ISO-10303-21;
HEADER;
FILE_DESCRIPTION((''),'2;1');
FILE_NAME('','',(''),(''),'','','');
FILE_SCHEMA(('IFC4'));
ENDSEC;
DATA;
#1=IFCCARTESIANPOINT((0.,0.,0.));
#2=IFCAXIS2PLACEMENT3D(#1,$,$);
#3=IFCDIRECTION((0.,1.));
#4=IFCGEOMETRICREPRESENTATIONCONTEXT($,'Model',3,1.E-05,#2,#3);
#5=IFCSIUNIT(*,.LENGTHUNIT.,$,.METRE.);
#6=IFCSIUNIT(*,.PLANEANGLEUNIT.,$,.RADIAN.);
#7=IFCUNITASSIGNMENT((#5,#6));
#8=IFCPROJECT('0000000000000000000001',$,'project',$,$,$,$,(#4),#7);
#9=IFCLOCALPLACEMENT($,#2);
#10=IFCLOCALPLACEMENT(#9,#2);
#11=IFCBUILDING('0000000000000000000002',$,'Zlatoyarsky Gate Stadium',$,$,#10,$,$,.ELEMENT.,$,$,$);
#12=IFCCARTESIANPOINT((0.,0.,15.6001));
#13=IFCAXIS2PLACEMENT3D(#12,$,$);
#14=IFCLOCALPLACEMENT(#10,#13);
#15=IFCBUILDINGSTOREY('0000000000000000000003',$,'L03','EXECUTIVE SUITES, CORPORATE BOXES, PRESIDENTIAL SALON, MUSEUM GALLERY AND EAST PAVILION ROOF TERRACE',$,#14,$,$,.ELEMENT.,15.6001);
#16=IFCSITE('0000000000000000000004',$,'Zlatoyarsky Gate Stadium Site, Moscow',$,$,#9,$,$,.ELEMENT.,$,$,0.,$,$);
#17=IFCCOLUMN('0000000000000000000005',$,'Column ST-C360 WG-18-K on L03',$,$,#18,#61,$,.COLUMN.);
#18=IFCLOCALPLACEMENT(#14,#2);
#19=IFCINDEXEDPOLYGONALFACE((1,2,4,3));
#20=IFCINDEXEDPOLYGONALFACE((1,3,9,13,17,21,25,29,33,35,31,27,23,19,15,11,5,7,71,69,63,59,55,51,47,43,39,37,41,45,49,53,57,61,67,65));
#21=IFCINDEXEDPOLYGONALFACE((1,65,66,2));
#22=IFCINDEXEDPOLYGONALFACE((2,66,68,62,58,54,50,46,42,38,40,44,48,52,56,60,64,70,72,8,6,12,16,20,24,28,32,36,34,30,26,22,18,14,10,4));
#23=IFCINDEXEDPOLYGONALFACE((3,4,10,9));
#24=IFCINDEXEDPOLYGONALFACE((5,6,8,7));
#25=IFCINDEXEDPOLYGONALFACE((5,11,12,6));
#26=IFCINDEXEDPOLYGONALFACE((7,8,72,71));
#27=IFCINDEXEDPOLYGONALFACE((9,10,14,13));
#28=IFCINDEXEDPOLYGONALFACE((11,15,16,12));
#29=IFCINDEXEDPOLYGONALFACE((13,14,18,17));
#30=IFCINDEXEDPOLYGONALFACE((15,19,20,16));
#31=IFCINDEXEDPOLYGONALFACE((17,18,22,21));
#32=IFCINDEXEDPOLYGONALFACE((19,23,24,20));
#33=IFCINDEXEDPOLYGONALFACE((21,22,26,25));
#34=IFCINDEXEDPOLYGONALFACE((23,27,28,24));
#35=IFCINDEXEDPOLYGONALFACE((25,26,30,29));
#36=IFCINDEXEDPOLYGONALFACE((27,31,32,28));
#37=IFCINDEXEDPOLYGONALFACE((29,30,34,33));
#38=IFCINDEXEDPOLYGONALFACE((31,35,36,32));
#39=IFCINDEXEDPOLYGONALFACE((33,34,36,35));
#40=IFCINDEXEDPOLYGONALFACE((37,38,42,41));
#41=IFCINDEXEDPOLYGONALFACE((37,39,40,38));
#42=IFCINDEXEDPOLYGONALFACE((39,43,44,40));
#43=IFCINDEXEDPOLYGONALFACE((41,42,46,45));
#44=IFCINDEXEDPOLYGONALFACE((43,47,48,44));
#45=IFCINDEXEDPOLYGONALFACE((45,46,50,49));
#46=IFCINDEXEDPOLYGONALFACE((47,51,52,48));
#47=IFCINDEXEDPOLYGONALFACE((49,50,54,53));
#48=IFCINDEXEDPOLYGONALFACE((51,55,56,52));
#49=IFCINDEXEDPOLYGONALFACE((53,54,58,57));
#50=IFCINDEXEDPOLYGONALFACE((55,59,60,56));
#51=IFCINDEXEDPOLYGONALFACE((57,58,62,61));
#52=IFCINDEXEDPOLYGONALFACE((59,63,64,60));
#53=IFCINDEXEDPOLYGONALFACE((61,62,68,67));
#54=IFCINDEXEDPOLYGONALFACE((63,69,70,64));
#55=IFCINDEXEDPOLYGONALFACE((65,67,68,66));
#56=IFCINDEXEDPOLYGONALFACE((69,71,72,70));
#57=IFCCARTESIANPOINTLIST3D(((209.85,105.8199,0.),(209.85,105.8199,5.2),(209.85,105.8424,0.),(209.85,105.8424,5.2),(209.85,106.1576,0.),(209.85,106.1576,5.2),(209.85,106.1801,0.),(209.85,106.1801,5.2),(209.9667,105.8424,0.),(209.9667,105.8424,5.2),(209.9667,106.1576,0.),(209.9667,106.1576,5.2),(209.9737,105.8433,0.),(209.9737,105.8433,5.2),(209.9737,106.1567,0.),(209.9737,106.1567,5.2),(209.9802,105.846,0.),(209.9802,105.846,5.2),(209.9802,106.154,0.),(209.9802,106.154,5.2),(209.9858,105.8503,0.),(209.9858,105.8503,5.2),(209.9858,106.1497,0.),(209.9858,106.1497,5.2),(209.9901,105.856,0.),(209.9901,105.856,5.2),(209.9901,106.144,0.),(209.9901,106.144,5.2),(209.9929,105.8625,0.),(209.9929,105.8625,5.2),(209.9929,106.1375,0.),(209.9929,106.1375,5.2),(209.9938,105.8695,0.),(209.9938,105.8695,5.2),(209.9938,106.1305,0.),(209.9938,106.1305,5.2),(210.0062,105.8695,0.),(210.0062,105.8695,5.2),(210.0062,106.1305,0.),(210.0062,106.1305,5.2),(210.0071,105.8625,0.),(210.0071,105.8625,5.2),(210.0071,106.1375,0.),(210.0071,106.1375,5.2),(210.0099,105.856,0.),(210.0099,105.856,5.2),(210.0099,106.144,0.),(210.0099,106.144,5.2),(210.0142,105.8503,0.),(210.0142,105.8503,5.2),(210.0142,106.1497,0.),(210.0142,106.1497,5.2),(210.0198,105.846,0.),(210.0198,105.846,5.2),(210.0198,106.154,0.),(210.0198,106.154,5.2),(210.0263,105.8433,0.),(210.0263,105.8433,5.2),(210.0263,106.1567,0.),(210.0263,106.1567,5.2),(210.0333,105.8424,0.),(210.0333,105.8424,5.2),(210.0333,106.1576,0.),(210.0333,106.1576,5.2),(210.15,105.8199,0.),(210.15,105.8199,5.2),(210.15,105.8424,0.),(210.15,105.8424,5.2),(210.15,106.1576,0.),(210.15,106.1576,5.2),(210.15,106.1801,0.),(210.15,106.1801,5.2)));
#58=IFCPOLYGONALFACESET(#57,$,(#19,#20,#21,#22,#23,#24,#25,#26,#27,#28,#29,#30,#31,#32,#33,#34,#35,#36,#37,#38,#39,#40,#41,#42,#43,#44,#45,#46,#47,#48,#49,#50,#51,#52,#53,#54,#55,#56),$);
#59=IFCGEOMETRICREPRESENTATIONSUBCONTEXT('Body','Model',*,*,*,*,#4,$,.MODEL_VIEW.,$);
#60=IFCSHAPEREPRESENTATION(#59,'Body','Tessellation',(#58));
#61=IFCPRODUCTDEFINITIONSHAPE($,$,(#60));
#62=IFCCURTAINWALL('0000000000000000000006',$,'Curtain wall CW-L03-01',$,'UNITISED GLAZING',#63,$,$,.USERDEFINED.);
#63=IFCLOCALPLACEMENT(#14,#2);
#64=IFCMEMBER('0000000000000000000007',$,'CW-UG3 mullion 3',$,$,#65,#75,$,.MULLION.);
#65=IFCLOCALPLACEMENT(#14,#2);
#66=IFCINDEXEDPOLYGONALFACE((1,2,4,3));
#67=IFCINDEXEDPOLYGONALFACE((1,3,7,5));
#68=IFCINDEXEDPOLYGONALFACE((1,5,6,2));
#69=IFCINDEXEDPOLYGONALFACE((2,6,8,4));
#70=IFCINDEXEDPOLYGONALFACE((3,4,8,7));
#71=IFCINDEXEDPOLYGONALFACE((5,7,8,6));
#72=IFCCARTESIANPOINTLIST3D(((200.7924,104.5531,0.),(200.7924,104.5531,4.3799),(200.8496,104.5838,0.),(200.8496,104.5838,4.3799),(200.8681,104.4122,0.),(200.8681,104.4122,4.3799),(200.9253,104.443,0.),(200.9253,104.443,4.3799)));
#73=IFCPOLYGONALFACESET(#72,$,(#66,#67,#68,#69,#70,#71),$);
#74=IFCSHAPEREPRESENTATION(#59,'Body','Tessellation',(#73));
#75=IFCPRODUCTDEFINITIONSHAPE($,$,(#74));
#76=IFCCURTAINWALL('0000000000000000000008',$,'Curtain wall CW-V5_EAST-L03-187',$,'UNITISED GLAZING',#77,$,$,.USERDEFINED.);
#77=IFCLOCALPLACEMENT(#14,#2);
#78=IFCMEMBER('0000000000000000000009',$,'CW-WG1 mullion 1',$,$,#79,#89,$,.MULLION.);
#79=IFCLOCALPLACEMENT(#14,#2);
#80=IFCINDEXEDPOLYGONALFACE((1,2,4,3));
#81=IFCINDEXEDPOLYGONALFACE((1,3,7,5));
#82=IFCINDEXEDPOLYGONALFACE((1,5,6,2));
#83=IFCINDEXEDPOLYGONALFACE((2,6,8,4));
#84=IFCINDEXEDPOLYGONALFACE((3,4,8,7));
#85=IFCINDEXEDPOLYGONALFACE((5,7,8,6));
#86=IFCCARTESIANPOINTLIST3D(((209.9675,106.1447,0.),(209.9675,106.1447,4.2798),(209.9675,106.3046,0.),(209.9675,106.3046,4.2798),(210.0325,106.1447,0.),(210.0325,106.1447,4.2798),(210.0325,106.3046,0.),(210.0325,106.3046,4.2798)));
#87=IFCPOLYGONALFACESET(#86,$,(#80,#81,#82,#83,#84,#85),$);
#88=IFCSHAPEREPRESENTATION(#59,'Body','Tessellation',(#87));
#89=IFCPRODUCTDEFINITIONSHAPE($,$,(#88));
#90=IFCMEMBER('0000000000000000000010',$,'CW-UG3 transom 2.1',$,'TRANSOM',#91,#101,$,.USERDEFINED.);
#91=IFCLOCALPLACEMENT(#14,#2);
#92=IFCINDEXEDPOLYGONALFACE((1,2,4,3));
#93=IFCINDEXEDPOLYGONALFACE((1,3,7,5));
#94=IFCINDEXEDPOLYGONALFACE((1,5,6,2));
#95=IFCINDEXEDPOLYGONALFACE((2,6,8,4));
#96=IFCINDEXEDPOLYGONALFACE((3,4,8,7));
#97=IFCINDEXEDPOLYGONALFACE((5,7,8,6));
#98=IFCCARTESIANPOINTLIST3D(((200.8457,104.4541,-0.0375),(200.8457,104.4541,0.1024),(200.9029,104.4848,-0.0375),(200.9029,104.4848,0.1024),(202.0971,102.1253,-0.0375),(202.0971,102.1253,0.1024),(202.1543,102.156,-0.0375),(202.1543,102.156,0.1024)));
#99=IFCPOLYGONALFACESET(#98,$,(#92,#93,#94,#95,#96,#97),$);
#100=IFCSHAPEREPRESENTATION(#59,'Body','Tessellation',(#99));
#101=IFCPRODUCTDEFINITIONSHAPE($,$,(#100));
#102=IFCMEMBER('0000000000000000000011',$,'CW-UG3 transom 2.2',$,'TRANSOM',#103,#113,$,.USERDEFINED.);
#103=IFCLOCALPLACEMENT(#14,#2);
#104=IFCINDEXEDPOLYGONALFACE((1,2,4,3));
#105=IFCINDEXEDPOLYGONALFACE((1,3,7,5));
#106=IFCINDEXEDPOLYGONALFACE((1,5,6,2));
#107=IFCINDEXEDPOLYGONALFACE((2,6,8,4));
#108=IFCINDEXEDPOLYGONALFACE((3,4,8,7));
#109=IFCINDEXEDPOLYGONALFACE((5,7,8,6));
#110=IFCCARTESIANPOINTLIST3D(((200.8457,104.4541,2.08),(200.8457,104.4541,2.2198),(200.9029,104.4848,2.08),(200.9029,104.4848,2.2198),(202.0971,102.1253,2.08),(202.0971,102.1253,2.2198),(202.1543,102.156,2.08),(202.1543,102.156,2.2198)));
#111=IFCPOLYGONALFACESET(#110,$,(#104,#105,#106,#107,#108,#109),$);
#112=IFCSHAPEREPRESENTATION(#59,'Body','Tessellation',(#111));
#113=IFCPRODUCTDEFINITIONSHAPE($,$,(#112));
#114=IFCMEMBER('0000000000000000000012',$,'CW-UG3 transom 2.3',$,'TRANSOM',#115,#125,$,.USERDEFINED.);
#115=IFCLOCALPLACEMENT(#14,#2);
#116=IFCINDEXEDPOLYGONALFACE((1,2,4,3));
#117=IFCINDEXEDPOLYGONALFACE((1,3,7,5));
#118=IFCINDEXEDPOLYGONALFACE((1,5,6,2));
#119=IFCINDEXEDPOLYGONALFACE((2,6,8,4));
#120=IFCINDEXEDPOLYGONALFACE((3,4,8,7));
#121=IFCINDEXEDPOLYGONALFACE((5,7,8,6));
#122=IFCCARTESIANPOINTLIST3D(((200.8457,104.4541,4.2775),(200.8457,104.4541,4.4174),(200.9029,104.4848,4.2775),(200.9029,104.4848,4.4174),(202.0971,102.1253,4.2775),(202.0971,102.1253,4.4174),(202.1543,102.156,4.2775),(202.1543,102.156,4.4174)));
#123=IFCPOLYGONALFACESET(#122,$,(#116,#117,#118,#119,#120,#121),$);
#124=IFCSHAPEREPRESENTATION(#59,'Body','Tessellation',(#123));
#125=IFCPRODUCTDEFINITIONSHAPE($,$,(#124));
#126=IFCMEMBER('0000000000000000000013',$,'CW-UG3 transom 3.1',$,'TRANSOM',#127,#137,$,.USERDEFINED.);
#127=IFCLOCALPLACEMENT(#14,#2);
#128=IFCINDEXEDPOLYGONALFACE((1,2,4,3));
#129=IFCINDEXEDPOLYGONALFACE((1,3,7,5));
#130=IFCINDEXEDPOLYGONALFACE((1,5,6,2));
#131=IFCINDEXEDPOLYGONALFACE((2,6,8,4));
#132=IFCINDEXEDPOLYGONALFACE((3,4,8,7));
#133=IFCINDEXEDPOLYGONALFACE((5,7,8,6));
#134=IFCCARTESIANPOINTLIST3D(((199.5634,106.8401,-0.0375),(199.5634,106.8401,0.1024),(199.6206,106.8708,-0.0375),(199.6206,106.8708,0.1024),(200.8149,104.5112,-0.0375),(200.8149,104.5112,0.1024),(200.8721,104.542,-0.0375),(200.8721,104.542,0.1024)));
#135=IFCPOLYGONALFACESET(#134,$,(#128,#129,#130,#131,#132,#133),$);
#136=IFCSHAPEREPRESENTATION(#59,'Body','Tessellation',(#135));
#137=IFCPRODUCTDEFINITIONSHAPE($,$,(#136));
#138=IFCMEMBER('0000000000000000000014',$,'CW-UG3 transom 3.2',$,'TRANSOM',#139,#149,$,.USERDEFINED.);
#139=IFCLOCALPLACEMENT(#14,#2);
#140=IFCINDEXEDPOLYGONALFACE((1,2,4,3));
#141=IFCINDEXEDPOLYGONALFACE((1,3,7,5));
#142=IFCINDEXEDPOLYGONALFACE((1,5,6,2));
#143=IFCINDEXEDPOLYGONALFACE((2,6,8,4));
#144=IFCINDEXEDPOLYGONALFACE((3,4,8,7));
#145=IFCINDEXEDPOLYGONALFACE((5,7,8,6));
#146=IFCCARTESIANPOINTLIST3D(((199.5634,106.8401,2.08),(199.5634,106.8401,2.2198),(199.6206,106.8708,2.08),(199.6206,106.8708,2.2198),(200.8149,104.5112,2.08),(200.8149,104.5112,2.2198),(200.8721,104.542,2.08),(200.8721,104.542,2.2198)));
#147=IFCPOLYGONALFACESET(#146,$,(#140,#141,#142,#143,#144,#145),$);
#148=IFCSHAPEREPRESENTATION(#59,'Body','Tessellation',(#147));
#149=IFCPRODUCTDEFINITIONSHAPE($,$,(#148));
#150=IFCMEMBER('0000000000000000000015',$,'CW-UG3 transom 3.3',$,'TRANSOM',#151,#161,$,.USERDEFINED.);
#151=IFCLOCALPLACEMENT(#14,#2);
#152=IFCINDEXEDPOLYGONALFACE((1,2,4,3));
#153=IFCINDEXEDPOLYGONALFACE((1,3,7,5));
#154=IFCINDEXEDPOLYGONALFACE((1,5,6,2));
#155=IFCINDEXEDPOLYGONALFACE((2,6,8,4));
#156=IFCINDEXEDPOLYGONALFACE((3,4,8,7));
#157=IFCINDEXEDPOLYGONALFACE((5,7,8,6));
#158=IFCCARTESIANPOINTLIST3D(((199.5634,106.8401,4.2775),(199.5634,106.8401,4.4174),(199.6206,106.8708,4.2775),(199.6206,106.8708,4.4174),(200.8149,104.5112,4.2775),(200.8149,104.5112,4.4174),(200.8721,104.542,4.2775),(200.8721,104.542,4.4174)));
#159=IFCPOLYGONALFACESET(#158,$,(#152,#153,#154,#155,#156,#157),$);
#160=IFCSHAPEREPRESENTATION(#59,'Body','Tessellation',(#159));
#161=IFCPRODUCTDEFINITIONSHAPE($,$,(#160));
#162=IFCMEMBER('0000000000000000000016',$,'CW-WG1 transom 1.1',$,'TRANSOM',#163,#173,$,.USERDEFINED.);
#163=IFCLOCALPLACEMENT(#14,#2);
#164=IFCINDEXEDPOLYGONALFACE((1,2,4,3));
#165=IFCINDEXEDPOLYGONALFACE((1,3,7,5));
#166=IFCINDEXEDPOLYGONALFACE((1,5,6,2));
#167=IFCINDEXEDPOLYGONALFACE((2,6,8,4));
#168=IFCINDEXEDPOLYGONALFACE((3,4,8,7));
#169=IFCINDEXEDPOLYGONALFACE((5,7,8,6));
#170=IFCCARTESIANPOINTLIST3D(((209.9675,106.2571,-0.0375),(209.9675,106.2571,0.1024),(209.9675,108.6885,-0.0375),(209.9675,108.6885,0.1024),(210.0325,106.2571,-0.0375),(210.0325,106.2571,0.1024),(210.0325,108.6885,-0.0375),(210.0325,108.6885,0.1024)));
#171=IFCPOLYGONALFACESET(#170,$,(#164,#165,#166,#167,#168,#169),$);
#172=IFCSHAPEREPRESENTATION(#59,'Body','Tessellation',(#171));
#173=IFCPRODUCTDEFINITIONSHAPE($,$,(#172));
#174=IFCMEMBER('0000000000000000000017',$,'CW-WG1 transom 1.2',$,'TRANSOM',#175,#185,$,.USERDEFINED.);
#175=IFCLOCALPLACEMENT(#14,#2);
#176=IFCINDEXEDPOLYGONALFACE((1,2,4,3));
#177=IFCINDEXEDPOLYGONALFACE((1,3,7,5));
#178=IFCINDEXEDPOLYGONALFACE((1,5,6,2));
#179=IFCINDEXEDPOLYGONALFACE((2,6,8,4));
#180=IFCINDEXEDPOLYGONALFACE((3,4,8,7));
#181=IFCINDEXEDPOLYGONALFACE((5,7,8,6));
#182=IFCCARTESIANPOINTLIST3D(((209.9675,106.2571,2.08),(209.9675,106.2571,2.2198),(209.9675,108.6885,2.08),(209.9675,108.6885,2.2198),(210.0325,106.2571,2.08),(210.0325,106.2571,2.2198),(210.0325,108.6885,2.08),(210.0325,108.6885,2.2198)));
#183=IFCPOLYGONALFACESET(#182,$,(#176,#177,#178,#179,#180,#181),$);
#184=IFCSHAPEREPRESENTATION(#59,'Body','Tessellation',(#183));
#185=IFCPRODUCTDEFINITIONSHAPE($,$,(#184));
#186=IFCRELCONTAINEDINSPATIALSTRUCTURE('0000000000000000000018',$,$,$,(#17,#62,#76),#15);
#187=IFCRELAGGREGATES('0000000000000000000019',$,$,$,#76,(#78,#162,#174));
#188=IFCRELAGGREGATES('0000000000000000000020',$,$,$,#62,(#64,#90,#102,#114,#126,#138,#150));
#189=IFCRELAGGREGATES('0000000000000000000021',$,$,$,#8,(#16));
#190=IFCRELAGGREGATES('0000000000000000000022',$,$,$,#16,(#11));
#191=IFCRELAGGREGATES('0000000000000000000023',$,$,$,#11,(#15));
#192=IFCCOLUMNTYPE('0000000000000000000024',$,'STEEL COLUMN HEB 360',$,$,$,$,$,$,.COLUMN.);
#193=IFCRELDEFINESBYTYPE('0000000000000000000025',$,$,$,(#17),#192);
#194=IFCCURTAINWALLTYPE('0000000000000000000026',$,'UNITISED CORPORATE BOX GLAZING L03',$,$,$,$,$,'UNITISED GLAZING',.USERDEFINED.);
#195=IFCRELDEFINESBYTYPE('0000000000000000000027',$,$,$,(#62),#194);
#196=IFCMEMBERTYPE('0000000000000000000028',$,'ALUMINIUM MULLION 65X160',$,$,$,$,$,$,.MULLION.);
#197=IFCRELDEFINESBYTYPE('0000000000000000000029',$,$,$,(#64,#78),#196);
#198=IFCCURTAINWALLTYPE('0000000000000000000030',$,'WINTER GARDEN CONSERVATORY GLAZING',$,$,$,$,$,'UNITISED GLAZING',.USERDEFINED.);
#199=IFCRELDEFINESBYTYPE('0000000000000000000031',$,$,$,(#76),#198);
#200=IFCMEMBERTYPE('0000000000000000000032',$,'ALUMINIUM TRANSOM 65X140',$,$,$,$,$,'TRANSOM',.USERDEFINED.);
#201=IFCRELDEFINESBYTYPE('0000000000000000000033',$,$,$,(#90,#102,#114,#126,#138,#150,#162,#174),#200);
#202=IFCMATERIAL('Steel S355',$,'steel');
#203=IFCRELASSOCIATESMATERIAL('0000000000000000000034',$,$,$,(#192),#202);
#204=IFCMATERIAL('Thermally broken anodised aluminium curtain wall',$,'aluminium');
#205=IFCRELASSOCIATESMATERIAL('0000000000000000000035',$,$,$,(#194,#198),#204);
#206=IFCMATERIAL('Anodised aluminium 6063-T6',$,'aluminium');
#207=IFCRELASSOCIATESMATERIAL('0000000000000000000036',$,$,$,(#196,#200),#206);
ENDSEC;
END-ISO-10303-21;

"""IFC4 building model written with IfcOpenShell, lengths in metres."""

from ifc_helpers import new_model, si_unit, direction, frame, origin, origin_2d, place, context, subcontext, project, spatial, rectangle, i_section, extrude, material, material_profile, profile_set, type_object, element, aggregate, save


model = new_model("IFC4")

# Units and contexts
model_context = context("Model", 3, precision=1e-05, world=origin(), true_north=direction((0.0, 1.0)))
body_context = subcontext(model_context, "Body", "Model", "MODEL_VIEW")
ifc_project = project(units=[si_unit("LENGTHUNIT", "METRE"), si_unit("PLANEANGLEUNIT", "RADIAN")], contexts=[model_context])

# Site, building, storey
site_placement = place(None, origin())
site = spatial("IfcSite", under=ifc_project, at=site_placement, Name="Zlatoyarsky Gate Stadium Site, Moscow", CompositionType="ELEMENT", RefElevation=0.0)
building_placement = place(site_placement, origin())
building = spatial("IfcBuilding", under=site, at=building_placement, Name="Zlatoyarsky Gate Stadium", CompositionType="ELEMENT")
storey_placement = place(building_placement, frame((0.0, 0.0, 15.6001)))
storey = spatial("IfcBuildingStorey", under=building, at=storey_placement, Name="L03", Description="EXECUTIVE SUITES, CORPORATE BOXES, PRESIDENTIAL SALON, MUSEUM GALLERY AND EAST PAVILION ROOF TERRACE", CompositionType="ELEMENT", Elevation=15.6001)

# Column
ifc_material_1 = material(Name="Steel S355", Category="steel")
ifc_material_profile_1 = material_profile(ifc_material_1, i_section(OverallWidth=0.3, OverallDepth=0.3601, WebThickness=0.0125, FlangeThickness=0.0225, FilletRadius=0.0271, at=origin_2d()), Name="HEB 360")
ifc_profile_set_1 = profile_set([ifc_material_profile_1], Name="Steel S355")
column_type = type_object("IfcColumnType", Name="STEEL COLUMN HEB 360", PredefinedType="COLUMN", material=ifc_profile_set_1)
column_placement = place(storey_placement, frame((210.0, 106.0, 0.0), z_axis=(0.0, 0.0, 1.0), x_axis=(1.0, 0.0, 0.0)))
element("IfcColumn", 1, at=column_placement, inside=storey, type_object=column_type, Name="Column ST-C360 WG-18-K on L03", PredefinedType="COLUMN", context=body_context, shape_type="SweptSolid", body=[
    extrude(i_section(OverallWidth=0.3, OverallDepth=0.3601, WebThickness=0.0125, FlangeThickness=0.0225, FilletRadius=0.0271, at=origin_2d()), origin(), (0.0, 0.0, 1.0), 5.2),
])

# Curtain walls, members
ifc_material_2 = material(Name="Thermally broken anodised aluminium curtain wall", Category="aluminium")
curtain_wall_type_1 = type_object("IfcCurtainWallType", Name="UNITISED CORPORATE BOX GLAZING L03", ElementType="UNITISED GLAZING", PredefinedType="USERDEFINED", material=ifc_material_2)
curtain_wall_1_placement = place(storey_placement, origin())
curtain_wall_1 = element("IfcCurtainWall", 2, at=curtain_wall_1_placement, inside=storey, type_object=curtain_wall_type_1, Name="Curtain wall CW-L03-01", ObjectType="UNITISED GLAZING", PredefinedType="USERDEFINED")
ifc_material_3 = material(Name="Anodised aluminium 6063-T6", Category="aluminium")
ifc_material_profile_2 = material_profile(ifc_material_3, rectangle(XDim=0.0649, YDim=0.1599, at=origin_2d()), Name="ALU 65X160")
ifc_profile_set_2 = profile_set([ifc_material_profile_2], Name="Anodised aluminium 6063-T6")
member_type_1 = type_object("IfcMemberType", Name="ALUMINIUM MULLION 65X160", PredefinedType="MULLION", material=ifc_profile_set_2)
member_1_placement = place(storey_placement, frame((200.8589, 104.498, 0.0), z_axis=(0.0, 0.0, 1.0), x_axis=(-0.880877, -0.473345, 0.0)))
member_1 = element("IfcMember", 3, at=member_1_placement, type_object=member_type_1, Name="CW-UG3 mullion 3", PredefinedType="MULLION", context=body_context, shape_type="SweptSolid", body=[
    extrude(rectangle(XDim=0.0649, YDim=0.1599, at=origin_2d()), origin(), (0.0, 0.0, 1.0), 4.3799),
])
curtain_wall_type_2 = type_object("IfcCurtainWallType", Name="WINTER GARDEN CONSERVATORY GLAZING", ElementType="UNITISED GLAZING", PredefinedType="USERDEFINED", material=ifc_material_2)
curtain_wall_2_placement = place(storey_placement, origin())
curtain_wall_2 = element("IfcCurtainWall", 4, at=curtain_wall_2_placement, inside=storey, type_object=curtain_wall_type_2, Name="Curtain wall CW-V5_EAST-L03-187", ObjectType="UNITISED GLAZING", PredefinedType="USERDEFINED")
member_2_placement = place(storey_placement, frame((210.0, 106.2246, 0.0), z_axis=(0.0, 0.0, 1.0), x_axis=(-1.0, 0.0, 0.0)))
member_2 = element("IfcMember", 5, at=member_2_placement, type_object=member_type_1, Name="CW-WG1 mullion 1", PredefinedType="MULLION", context=body_context, shape_type="SweptSolid", body=[
    extrude(rectangle(XDim=0.0649, YDim=0.1599, at=origin_2d()), origin(), (0.0, 0.0, 1.0), 4.2798),
])

# Members
ifc_material_profile_3 = material_profile(ifc_material_3, rectangle(XDim=0.0649, YDim=0.1399, at=origin_2d()), Name="ALU 65X140")
ifc_profile_set_3 = profile_set([ifc_material_profile_3], Name="Anodised aluminium 6063-T6")
member_type_2 = type_object("IfcMemberType", Name="ALUMINIUM TRANSOM 65X140", ElementType="TRANSOM", PredefinedType="USERDEFINED", material=ifc_profile_set_3)
member_3_placement = place(storey_placement, frame((202.1257, 102.1406, 0.0325), z_axis=(-0.473356, 0.880871, 0.0), x_axis=(-0.880871, -0.473356, 0.0)))
member_3 = element("IfcMember", 6, at=member_3_placement, type_object=member_type_2, Name="CW-UG3 transom 2.1", ObjectType="TRANSOM", PredefinedType="USERDEFINED", context=body_context, shape_type="SweptSolid", body=[
    extrude(rectangle(XDim=0.0649, YDim=0.1399, at=origin_2d()), origin(), (0.0, 0.0, 1.0), 2.6438),
])
member_4_placement = place(storey_placement, frame((202.1257, 102.1406, 2.1499), z_axis=(-0.473356, 0.880871, 0.0), x_axis=(-0.880871, -0.473356, 0.0)))
member_4 = element("IfcMember", 7, at=member_4_placement, type_object=member_type_2, Name="CW-UG3 transom 2.2", ObjectType="TRANSOM", PredefinedType="USERDEFINED", context=body_context, shape_type="SweptSolid", body=[
    extrude(rectangle(XDim=0.0649, YDim=0.1399, at=origin_2d()), origin(), (0.0, 0.0, 1.0), 2.6438),
])
member_5_placement = place(storey_placement, frame((202.1257, 102.1406, 4.3474), z_axis=(-0.473356, 0.880871, 0.0), x_axis=(-0.880871, -0.473356, 0.0)))
member_5 = element("IfcMember", 8, at=member_5_placement, type_object=member_type_2, Name="CW-UG3 transom 2.3", ObjectType="TRANSOM", PredefinedType="USERDEFINED", context=body_context, shape_type="SweptSolid", body=[
    extrude(rectangle(XDim=0.0649, YDim=0.1399, at=origin_2d()), origin(), (0.0, 0.0, 1.0), 2.6438),
])
member_6_placement = place(storey_placement, frame((200.8435, 104.5266, 0.0325), z_axis=(-0.473356, 0.880871, 0.0), x_axis=(-0.880871, -0.473356, 0.0)))
member_6 = element("IfcMember", 9, at=member_6_placement, type_object=member_type_2, Name="CW-UG3 transom 3.1", ObjectType="TRANSOM", PredefinedType="USERDEFINED", context=body_context, shape_type="SweptSolid", body=[
    extrude(rectangle(XDim=0.0649, YDim=0.1399, at=origin_2d()), origin(), (0.0, 0.0, 1.0), 2.6438),
])
member_7_placement = place(storey_placement, frame((200.8435, 104.5266, 2.1499), z_axis=(-0.473356, 0.880871, 0.0), x_axis=(-0.880871, -0.473356, 0.0)))
member_7 = element("IfcMember", 10, at=member_7_placement, type_object=member_type_2, Name="CW-UG3 transom 3.2", ObjectType="TRANSOM", PredefinedType="USERDEFINED", context=body_context, shape_type="SweptSolid", body=[
    extrude(rectangle(XDim=0.0649, YDim=0.1399, at=origin_2d()), origin(), (0.0, 0.0, 1.0), 2.6438),
])
member_8_placement = place(storey_placement, frame((200.8435, 104.5266, 4.3474), z_axis=(-0.473356, 0.880871, 0.0), x_axis=(-0.880871, -0.473356, 0.0)))
member_8 = element("IfcMember", 11, at=member_8_placement, type_object=member_type_2, Name="CW-UG3 transom 3.3", ObjectType="TRANSOM", PredefinedType="USERDEFINED", context=body_context, shape_type="SweptSolid", body=[
    extrude(rectangle(XDim=0.0649, YDim=0.1399, at=origin_2d()), origin(), (0.0, 0.0, 1.0), 2.6438),
])
member_9_placement = place(storey_placement, frame((210.0, 106.2571, 0.0325), z_axis=(0.0, 1.0, 0.0), x_axis=(-1.0, 0.0, 0.0)))
member_9 = element("IfcMember", 12, at=member_9_placement, type_object=member_type_2, Name="CW-WG1 transom 1.1", ObjectType="TRANSOM", PredefinedType="USERDEFINED", context=body_context, shape_type="SweptSolid", body=[
    extrude(rectangle(XDim=0.0649, YDim=0.1399, at=origin_2d()), origin(), (0.0, 0.0, 1.0), 2.4314),
])
member_10_placement = place(storey_placement, frame((210.0, 106.2571, 2.1499), z_axis=(0.0, 1.0, 0.0), x_axis=(-1.0, 0.0, 0.0)))
member_10 = element("IfcMember", 13, at=member_10_placement, type_object=member_type_2, Name="CW-WG1 transom 1.2", ObjectType="TRANSOM", PredefinedType="USERDEFINED", context=body_context, shape_type="SweptSolid", body=[
    extrude(rectangle(XDim=0.0649, YDim=0.1399, at=origin_2d()), origin(), (0.0, 0.0, 1.0), 2.4314),
])
aggregate(curtain_wall_2, [member_2, member_9, member_10])

aggregate(curtain_wall_1, [member_1, member_3, member_4, member_5, member_6, member_7, member_8])

save(model, "model.ifc")
